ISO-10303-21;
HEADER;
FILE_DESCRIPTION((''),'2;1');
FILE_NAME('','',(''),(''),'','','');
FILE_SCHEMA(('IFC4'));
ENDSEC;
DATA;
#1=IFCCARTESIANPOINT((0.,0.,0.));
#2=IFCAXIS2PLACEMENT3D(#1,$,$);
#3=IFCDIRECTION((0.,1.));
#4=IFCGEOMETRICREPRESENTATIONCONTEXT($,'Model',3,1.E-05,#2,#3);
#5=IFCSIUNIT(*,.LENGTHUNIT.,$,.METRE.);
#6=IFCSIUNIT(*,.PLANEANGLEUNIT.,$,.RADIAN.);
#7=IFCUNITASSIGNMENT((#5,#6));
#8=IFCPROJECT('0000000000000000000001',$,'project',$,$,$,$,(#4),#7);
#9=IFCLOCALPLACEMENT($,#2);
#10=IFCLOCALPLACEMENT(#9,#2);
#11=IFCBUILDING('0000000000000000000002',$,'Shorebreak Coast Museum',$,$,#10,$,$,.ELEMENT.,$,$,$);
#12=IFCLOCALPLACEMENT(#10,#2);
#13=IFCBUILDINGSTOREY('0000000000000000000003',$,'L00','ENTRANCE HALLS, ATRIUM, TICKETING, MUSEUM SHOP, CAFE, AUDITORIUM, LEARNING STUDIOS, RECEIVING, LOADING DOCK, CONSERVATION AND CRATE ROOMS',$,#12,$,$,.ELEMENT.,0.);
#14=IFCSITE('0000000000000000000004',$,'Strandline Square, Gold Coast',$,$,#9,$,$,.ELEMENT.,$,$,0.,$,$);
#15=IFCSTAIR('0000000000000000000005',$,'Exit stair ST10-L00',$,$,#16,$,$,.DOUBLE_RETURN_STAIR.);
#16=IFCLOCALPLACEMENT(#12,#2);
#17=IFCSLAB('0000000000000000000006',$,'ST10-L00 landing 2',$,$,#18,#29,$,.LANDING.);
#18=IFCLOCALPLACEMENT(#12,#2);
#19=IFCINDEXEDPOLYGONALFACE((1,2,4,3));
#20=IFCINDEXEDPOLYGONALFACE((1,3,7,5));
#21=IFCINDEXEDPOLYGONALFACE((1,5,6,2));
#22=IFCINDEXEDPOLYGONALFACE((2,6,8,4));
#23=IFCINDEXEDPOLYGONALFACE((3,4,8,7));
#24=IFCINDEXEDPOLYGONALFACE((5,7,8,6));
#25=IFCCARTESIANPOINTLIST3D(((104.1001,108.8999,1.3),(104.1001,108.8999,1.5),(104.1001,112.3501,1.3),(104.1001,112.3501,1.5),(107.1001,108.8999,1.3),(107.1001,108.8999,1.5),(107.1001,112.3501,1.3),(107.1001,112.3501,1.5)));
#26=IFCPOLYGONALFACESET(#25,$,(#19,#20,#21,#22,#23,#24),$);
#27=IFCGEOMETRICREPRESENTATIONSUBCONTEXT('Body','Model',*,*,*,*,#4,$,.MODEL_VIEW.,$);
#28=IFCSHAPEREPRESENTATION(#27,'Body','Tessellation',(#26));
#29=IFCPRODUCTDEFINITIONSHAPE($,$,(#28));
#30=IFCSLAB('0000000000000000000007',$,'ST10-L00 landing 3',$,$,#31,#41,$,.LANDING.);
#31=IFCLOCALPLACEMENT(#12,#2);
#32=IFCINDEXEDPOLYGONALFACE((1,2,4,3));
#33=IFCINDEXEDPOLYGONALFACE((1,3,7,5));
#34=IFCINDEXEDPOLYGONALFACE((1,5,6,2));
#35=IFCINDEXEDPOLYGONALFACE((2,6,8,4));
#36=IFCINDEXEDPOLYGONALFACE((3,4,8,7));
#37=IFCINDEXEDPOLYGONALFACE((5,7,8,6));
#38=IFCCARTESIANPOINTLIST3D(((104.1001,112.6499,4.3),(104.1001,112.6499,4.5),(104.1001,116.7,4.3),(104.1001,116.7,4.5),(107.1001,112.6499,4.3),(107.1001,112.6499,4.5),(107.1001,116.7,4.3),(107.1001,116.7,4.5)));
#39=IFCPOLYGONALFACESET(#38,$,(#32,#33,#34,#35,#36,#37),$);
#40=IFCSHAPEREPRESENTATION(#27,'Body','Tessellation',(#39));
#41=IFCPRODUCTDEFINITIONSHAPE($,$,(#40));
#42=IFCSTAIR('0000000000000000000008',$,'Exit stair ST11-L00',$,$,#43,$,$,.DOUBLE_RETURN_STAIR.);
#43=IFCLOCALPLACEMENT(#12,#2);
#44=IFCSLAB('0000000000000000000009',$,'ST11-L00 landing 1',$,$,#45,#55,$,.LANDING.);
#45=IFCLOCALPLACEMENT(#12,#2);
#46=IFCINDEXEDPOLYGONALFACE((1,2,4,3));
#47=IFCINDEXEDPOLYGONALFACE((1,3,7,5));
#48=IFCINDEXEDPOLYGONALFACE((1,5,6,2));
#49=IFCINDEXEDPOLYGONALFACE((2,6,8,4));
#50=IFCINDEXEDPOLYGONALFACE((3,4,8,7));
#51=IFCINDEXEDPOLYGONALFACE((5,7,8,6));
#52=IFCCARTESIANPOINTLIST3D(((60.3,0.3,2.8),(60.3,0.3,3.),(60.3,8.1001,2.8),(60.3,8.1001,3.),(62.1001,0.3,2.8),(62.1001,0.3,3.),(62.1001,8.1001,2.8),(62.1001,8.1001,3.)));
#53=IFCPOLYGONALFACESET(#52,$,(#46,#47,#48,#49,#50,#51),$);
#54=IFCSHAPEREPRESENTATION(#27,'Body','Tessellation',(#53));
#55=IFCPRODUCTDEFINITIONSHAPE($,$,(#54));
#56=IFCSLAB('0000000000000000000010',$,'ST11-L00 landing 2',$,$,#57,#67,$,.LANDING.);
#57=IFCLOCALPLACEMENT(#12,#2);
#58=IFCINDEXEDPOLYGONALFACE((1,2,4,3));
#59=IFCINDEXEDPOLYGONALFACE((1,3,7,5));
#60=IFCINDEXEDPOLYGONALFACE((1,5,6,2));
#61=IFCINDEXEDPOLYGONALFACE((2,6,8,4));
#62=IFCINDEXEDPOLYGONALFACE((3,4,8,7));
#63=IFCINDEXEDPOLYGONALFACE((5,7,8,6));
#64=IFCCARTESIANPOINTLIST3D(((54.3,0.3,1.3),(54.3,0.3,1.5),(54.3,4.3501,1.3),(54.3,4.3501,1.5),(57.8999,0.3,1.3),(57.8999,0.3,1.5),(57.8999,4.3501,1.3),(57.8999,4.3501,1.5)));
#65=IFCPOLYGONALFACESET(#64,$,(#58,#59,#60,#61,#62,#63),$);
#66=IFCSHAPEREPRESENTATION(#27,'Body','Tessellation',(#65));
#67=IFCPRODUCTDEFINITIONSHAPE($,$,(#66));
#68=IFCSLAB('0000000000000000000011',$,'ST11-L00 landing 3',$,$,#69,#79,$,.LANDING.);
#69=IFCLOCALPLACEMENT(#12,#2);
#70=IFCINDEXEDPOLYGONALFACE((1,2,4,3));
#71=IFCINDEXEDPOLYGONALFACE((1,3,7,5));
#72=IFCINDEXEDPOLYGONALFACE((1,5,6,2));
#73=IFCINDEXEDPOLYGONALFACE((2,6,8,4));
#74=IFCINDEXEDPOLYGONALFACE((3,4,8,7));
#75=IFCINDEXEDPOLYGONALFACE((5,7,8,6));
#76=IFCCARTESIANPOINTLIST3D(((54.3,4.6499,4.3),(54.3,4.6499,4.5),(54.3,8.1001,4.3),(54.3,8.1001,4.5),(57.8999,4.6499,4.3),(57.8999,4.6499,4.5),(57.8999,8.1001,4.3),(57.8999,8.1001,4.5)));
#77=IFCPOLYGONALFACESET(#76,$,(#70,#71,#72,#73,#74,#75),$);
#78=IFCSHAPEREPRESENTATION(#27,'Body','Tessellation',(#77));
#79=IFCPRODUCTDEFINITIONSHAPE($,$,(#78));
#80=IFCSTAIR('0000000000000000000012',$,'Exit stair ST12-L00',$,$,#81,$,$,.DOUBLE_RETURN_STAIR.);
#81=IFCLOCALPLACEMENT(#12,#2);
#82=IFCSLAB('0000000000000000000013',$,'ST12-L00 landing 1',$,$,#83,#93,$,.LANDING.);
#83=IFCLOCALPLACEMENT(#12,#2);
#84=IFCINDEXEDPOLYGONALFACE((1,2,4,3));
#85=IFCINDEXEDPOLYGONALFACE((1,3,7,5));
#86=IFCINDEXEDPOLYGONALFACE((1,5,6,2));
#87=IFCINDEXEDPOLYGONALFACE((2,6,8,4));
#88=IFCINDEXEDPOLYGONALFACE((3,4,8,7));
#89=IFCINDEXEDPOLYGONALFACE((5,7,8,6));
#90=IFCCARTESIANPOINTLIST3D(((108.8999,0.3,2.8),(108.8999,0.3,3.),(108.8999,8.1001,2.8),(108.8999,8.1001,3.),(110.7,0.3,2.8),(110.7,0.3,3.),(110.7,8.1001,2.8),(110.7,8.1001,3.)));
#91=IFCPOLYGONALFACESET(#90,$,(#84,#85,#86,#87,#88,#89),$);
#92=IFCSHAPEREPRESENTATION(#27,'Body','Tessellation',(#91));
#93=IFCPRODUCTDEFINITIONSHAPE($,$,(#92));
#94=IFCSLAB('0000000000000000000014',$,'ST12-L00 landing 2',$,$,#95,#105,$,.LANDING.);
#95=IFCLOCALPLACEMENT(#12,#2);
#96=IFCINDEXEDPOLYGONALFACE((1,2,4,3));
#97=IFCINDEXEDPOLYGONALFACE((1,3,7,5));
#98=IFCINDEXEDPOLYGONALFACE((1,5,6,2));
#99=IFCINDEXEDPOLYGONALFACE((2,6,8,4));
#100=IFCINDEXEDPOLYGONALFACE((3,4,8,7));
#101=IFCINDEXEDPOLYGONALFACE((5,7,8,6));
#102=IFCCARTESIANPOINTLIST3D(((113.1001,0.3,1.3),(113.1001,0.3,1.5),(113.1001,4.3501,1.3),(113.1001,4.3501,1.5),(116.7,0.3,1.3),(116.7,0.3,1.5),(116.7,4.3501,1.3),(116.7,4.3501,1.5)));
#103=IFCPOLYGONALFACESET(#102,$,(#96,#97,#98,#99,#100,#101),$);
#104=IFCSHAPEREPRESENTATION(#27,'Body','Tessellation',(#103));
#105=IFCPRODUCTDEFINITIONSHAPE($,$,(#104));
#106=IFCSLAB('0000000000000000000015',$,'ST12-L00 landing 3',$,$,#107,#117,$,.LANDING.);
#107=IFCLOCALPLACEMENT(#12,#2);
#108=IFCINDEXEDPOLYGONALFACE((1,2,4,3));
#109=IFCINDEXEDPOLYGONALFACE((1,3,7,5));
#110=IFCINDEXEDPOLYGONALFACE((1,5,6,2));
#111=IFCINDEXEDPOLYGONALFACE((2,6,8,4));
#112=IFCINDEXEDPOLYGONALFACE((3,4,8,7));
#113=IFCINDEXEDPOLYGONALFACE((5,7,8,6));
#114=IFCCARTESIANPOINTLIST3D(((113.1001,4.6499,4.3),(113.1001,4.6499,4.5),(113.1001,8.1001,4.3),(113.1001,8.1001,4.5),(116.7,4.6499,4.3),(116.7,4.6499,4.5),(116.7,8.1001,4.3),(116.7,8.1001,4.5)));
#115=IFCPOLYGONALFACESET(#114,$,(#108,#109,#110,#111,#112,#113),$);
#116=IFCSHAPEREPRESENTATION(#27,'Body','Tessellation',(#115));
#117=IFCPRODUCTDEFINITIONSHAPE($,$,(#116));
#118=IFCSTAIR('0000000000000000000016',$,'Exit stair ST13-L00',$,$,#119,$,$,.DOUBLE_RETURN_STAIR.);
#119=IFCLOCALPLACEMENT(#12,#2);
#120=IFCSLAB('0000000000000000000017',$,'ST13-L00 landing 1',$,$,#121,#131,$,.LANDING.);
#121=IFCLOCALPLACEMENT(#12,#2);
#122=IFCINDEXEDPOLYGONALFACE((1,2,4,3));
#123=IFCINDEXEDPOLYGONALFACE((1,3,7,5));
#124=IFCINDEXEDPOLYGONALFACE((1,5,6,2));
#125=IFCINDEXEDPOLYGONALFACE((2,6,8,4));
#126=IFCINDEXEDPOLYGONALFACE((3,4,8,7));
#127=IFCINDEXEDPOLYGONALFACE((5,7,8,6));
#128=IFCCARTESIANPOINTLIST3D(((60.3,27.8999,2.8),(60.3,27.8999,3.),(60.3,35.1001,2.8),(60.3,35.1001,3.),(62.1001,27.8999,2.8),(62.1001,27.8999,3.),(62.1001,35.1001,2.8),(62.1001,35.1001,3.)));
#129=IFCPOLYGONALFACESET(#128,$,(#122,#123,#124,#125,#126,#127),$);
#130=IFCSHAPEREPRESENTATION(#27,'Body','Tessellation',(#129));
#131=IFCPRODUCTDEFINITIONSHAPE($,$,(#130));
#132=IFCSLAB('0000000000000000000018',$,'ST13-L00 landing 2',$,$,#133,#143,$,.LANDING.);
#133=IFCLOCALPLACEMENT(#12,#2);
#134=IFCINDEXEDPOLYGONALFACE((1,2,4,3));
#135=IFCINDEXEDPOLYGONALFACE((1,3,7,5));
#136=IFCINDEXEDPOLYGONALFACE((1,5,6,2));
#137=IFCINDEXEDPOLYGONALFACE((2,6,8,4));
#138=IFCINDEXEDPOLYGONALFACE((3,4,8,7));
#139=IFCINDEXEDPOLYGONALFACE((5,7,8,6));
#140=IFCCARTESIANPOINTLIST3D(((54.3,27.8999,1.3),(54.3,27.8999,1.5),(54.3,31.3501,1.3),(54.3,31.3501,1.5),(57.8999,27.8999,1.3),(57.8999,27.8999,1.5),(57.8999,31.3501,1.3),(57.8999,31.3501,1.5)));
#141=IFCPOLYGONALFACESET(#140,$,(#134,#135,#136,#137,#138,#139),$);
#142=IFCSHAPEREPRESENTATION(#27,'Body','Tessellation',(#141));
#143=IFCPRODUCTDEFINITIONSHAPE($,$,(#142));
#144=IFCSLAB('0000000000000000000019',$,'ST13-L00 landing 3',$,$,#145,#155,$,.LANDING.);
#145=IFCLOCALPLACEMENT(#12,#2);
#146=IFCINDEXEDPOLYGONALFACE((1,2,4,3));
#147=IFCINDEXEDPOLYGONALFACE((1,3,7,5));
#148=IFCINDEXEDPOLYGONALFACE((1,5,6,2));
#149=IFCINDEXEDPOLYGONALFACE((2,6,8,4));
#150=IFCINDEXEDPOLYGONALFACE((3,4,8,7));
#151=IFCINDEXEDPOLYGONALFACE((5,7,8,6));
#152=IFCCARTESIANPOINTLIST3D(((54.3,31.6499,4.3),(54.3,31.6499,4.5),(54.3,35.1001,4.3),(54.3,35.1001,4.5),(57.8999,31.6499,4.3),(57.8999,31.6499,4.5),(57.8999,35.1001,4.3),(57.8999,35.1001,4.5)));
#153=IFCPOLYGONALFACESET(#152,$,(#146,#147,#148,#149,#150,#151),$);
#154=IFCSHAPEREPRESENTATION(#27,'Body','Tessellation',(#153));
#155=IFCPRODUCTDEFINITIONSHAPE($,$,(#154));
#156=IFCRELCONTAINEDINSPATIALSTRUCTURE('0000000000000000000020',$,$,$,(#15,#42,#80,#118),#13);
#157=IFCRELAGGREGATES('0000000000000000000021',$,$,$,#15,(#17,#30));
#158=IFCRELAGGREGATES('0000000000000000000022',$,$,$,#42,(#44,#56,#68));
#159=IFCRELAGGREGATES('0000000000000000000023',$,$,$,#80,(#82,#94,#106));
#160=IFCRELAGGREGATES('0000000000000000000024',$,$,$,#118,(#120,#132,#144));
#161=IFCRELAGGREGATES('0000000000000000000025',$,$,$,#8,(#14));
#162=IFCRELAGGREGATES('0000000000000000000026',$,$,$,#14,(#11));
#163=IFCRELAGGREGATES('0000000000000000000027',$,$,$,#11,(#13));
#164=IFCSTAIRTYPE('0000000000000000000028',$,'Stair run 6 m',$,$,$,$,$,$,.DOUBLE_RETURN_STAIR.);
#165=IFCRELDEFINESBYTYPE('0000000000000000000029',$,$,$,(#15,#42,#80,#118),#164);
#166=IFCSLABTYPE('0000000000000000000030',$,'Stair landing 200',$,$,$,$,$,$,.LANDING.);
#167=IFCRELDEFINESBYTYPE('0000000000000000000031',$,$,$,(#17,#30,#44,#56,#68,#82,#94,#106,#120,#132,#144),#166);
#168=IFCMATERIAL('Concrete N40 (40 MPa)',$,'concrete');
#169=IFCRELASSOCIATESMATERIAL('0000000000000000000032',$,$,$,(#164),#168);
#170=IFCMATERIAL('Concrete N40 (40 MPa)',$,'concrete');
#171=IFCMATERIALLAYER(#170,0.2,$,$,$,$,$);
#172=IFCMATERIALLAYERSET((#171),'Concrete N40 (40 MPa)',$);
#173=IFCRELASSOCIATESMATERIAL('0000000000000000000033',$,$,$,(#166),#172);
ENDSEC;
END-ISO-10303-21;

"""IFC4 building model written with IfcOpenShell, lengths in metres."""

from ifc_helpers import new_model, si_unit, direction, frame, origin, place, context, subcontext, project, spatial, polyline, outline, extrude, material, layer, layer_set, type_object, element, aggregate, save


model = new_model("IFC4")

# Units and contexts
model_context = context("Model", 3, precision=1e-05, world=origin(), true_north=direction((0.0, 1.0)))
body_context = subcontext(model_context, "Body", "Model", "MODEL_VIEW")
ifc_project = project(units=[si_unit("LENGTHUNIT", "METRE"), si_unit("PLANEANGLEUNIT", "RADIAN")], contexts=[model_context])

# Site, building, storey
site_placement = place(None, origin())
site = spatial("IfcSite", under=ifc_project, at=site_placement, Name="Strandline Square, Gold Coast", CompositionType="ELEMENT", RefElevation=0.0)
building_placement = place(site_placement, origin())
building = spatial("IfcBuilding", under=site, at=building_placement, Name="Shorebreak Coast Museum", CompositionType="ELEMENT")
storey_placement = place(building_placement, origin())
storey = spatial("IfcBuildingStorey", under=building, at=storey_placement, Name="L00", Description="ENTRANCE HALLS, ATRIUM, TICKETING, MUSEUM SHOP, CAFE, AUDITORIUM, LEARNING STUDIOS, RECEIVING, LOADING DOCK, CONSERVATION AND CRATE ROOMS", CompositionType="ELEMENT", Elevation=0.0)

# Stairs, slabs
ifc_material_1 = material(Name="Concrete N40 (40 MPa)", Category="concrete")
stair_type = type_object("IfcStairType", Name="Stair run 6 m", PredefinedType="DOUBLE_RETURN_STAIR", material=ifc_material_1)
ifc_material_2 = material(Name="Concrete N40 (40 MPa)", Category="concrete")
ifc_layer = layer(ifc_material_2, 0.2)
ifc_layer_set = layer_set([ifc_layer], Name="Concrete N40 (40 MPa)")
slab_type = type_object("IfcSlabType", Name="Stair landing 200", PredefinedType="LANDING", material=ifc_layer_set)
stair_1_placement = place(storey_placement, origin())
stair_1 = element("IfcStair", 1, at=stair_1_placement, inside=storey, type_object=stair_type, Name="Exit stair ST10-L00", PredefinedType="DOUBLE_RETURN_STAIR")
slab_1_placement = place(storey_placement, frame((0.0, 0.0, 1.3)))
slab_1 = element("IfcSlab", 2, at=slab_1_placement, type_object=slab_type, Name="ST10-L00 landing 2", PredefinedType="LANDING", context=body_context, shape_type="SweptSolid", body=[
    extrude(outline(polyline([(104.1001, 108.8999), (107.1001, 108.8999), (107.1001, 112.3501), (104.1001, 112.3501), (104.1001, 108.8999)])), origin(), (0.0, 0.0, 1.0), 0.2),
])
slab_2_placement = place(storey_placement, frame((0.0, 0.0, 4.3)))
slab_2 = element("IfcSlab", 3, at=slab_2_placement, type_object=slab_type, Name="ST10-L00 landing 3", PredefinedType="LANDING", context=body_context, shape_type="SweptSolid", body=[
    extrude(outline(polyline([(104.1001, 112.6499), (107.1001, 112.6499), (107.1001, 116.7), (104.1001, 116.7), (104.1001, 112.6499)])), origin(), (0.0, 0.0, 1.0), 0.2),
])
aggregate(stair_1, [slab_1, slab_2])
stair_2_placement = place(storey_placement, origin())
stair_2 = element("IfcStair", 4, at=stair_2_placement, inside=storey, type_object=stair_type, Name="Exit stair ST11-L00", PredefinedType="DOUBLE_RETURN_STAIR")
slab_3_placement = place(storey_placement, frame((0.0, 0.0, 2.8)))
slab_3 = element("IfcSlab", 5, at=slab_3_placement, type_object=slab_type, Name="ST11-L00 landing 1", PredefinedType="LANDING", context=body_context, shape_type="SweptSolid", body=[
    extrude(outline(polyline([(60.3, 0.3), (62.1001, 0.3), (62.1001, 8.1001), (60.3, 8.1001), (60.3, 0.3)])), origin(), (0.0, 0.0, 1.0), 0.2),
])
slab_4_placement = place(storey_placement, frame((0.0, 0.0, 1.3)))
slab_4 = element("IfcSlab", 6, at=slab_4_placement, type_object=slab_type, Name="ST11-L00 landing 2", PredefinedType="LANDING", context=body_context, shape_type="SweptSolid", body=[
    extrude(outline(polyline([(54.3, 0.3), (57.8999, 0.3), (57.8999, 4.3501), (54.3, 4.3501), (54.3, 0.3)])), origin(), (0.0, 0.0, 1.0), 0.2),
])
slab_5_placement = place(storey_placement, frame((0.0, 0.0, 4.3)))
slab_5 = element("IfcSlab", 7, at=slab_5_placement, type_object=slab_type, Name="ST11-L00 landing 3", PredefinedType="LANDING", context=body_context, shape_type="SweptSolid", body=[
    extrude(outline(polyline([(54.3, 4.6499), (57.8999, 4.6499), (57.8999, 8.1001), (54.3, 8.1001), (54.3, 4.6499)])), origin(), (0.0, 0.0, 1.0), 0.2),
])
aggregate(stair_2, [slab_3, slab_4, slab_5])
stair_3_placement = place(storey_placement, origin())
stair_3 = element("IfcStair", 8, at=stair_3_placement, inside=storey, type_object=stair_type, Name="Exit stair ST12-L00", PredefinedType="DOUBLE_RETURN_STAIR")
slab_6_placement = place(storey_placement, frame((0.0, 0.0, 2.8)))
slab_6 = element("IfcSlab", 9, at=slab_6_placement, type_object=slab_type, Name="ST12-L00 landing 1", PredefinedType="LANDING", context=body_context, shape_type="SweptSolid", body=[
    extrude(outline(polyline([(108.8999, 0.3), (110.7, 0.3), (110.7, 8.1001), (108.8999, 8.1001), (108.8999, 0.3)])), origin(), (0.0, 0.0, 1.0), 0.2),
])
slab_7_placement = place(storey_placement, frame((0.0, 0.0, 1.3)))
slab_7 = element("IfcSlab", 10, at=slab_7_placement, type_object=slab_type, Name="ST12-L00 landing 2", PredefinedType="LANDING", context=body_context, shape_type="SweptSolid", body=[
    extrude(outline(polyline([(113.1001, 0.3), (116.7, 0.3), (116.7, 4.3501), (113.1001, 4.3501), (113.1001, 0.3)])), origin(), (0.0, 0.0, 1.0), 0.2),
])
slab_8_placement = place(storey_placement, frame((0.0, 0.0, 4.3)))
slab_8 = element("IfcSlab", 11, at=slab_8_placement, type_object=slab_type, Name="ST12-L00 landing 3", PredefinedType="LANDING", context=body_context, shape_type="SweptSolid", body=[
    extrude(outline(polyline([(113.1001, 4.6499), (116.7, 4.6499), (116.7, 8.1001), (113.1001, 8.1001), (113.1001, 4.6499)])), origin(), (0.0, 0.0, 1.0), 0.2),
])
aggregate(stair_3, [slab_6, slab_7, slab_8])
stair_4_placement = place(storey_placement, origin())
stair_4 = element("IfcStair", 12, at=stair_4_placement, inside=storey, type_object=stair_type, Name="Exit stair ST13-L00", PredefinedType="DOUBLE_RETURN_STAIR")
slab_9_placement = place(storey_placement, frame((0.0, 0.0, 2.8)))
slab_9 = element("IfcSlab", 13, at=slab_9_placement, type_object=slab_type, Name="ST13-L00 landing 1", PredefinedType="LANDING", context=body_context, shape_type="SweptSolid", body=[
    extrude(outline(polyline([(60.3, 27.8999), (62.1001, 27.8999), (62.1001, 35.1001), (60.3, 35.1001), (60.3, 27.8999)])), origin(), (0.0, 0.0, 1.0), 0.2),
])
slab_10_placement = place(storey_placement, frame((0.0, 0.0, 1.3)))
slab_10 = element("IfcSlab", 14, at=slab_10_placement, type_object=slab_type, Name="ST13-L00 landing 2", PredefinedType="LANDING", context=body_context, shape_type="SweptSolid", body=[
    extrude(outline(polyline([(54.3, 27.8999), (57.8999, 27.8999), (57.8999, 31.3501), (54.3, 31.3501), (54.3, 27.8999)])), origin(), (0.0, 0.0, 1.0), 0.2),
])
slab_11_placement = place(storey_placement, frame((0.0, 0.0, 4.3)))
slab_11 = element("IfcSlab", 15, at=slab_11_placement, type_object=slab_type, Name="ST13-L00 landing 3", PredefinedType="LANDING", context=body_context, shape_type="SweptSolid", body=[
    extrude(outline(polyline([(54.3, 31.6499), (57.8999, 31.6499), (57.8999, 35.1001), (54.3, 35.1001), (54.3, 31.6499)])), origin(), (0.0, 0.0, 1.0), 0.2),
])
aggregate(stair_4, [slab_9, slab_10, slab_11])

save(model, "model.ifc")
